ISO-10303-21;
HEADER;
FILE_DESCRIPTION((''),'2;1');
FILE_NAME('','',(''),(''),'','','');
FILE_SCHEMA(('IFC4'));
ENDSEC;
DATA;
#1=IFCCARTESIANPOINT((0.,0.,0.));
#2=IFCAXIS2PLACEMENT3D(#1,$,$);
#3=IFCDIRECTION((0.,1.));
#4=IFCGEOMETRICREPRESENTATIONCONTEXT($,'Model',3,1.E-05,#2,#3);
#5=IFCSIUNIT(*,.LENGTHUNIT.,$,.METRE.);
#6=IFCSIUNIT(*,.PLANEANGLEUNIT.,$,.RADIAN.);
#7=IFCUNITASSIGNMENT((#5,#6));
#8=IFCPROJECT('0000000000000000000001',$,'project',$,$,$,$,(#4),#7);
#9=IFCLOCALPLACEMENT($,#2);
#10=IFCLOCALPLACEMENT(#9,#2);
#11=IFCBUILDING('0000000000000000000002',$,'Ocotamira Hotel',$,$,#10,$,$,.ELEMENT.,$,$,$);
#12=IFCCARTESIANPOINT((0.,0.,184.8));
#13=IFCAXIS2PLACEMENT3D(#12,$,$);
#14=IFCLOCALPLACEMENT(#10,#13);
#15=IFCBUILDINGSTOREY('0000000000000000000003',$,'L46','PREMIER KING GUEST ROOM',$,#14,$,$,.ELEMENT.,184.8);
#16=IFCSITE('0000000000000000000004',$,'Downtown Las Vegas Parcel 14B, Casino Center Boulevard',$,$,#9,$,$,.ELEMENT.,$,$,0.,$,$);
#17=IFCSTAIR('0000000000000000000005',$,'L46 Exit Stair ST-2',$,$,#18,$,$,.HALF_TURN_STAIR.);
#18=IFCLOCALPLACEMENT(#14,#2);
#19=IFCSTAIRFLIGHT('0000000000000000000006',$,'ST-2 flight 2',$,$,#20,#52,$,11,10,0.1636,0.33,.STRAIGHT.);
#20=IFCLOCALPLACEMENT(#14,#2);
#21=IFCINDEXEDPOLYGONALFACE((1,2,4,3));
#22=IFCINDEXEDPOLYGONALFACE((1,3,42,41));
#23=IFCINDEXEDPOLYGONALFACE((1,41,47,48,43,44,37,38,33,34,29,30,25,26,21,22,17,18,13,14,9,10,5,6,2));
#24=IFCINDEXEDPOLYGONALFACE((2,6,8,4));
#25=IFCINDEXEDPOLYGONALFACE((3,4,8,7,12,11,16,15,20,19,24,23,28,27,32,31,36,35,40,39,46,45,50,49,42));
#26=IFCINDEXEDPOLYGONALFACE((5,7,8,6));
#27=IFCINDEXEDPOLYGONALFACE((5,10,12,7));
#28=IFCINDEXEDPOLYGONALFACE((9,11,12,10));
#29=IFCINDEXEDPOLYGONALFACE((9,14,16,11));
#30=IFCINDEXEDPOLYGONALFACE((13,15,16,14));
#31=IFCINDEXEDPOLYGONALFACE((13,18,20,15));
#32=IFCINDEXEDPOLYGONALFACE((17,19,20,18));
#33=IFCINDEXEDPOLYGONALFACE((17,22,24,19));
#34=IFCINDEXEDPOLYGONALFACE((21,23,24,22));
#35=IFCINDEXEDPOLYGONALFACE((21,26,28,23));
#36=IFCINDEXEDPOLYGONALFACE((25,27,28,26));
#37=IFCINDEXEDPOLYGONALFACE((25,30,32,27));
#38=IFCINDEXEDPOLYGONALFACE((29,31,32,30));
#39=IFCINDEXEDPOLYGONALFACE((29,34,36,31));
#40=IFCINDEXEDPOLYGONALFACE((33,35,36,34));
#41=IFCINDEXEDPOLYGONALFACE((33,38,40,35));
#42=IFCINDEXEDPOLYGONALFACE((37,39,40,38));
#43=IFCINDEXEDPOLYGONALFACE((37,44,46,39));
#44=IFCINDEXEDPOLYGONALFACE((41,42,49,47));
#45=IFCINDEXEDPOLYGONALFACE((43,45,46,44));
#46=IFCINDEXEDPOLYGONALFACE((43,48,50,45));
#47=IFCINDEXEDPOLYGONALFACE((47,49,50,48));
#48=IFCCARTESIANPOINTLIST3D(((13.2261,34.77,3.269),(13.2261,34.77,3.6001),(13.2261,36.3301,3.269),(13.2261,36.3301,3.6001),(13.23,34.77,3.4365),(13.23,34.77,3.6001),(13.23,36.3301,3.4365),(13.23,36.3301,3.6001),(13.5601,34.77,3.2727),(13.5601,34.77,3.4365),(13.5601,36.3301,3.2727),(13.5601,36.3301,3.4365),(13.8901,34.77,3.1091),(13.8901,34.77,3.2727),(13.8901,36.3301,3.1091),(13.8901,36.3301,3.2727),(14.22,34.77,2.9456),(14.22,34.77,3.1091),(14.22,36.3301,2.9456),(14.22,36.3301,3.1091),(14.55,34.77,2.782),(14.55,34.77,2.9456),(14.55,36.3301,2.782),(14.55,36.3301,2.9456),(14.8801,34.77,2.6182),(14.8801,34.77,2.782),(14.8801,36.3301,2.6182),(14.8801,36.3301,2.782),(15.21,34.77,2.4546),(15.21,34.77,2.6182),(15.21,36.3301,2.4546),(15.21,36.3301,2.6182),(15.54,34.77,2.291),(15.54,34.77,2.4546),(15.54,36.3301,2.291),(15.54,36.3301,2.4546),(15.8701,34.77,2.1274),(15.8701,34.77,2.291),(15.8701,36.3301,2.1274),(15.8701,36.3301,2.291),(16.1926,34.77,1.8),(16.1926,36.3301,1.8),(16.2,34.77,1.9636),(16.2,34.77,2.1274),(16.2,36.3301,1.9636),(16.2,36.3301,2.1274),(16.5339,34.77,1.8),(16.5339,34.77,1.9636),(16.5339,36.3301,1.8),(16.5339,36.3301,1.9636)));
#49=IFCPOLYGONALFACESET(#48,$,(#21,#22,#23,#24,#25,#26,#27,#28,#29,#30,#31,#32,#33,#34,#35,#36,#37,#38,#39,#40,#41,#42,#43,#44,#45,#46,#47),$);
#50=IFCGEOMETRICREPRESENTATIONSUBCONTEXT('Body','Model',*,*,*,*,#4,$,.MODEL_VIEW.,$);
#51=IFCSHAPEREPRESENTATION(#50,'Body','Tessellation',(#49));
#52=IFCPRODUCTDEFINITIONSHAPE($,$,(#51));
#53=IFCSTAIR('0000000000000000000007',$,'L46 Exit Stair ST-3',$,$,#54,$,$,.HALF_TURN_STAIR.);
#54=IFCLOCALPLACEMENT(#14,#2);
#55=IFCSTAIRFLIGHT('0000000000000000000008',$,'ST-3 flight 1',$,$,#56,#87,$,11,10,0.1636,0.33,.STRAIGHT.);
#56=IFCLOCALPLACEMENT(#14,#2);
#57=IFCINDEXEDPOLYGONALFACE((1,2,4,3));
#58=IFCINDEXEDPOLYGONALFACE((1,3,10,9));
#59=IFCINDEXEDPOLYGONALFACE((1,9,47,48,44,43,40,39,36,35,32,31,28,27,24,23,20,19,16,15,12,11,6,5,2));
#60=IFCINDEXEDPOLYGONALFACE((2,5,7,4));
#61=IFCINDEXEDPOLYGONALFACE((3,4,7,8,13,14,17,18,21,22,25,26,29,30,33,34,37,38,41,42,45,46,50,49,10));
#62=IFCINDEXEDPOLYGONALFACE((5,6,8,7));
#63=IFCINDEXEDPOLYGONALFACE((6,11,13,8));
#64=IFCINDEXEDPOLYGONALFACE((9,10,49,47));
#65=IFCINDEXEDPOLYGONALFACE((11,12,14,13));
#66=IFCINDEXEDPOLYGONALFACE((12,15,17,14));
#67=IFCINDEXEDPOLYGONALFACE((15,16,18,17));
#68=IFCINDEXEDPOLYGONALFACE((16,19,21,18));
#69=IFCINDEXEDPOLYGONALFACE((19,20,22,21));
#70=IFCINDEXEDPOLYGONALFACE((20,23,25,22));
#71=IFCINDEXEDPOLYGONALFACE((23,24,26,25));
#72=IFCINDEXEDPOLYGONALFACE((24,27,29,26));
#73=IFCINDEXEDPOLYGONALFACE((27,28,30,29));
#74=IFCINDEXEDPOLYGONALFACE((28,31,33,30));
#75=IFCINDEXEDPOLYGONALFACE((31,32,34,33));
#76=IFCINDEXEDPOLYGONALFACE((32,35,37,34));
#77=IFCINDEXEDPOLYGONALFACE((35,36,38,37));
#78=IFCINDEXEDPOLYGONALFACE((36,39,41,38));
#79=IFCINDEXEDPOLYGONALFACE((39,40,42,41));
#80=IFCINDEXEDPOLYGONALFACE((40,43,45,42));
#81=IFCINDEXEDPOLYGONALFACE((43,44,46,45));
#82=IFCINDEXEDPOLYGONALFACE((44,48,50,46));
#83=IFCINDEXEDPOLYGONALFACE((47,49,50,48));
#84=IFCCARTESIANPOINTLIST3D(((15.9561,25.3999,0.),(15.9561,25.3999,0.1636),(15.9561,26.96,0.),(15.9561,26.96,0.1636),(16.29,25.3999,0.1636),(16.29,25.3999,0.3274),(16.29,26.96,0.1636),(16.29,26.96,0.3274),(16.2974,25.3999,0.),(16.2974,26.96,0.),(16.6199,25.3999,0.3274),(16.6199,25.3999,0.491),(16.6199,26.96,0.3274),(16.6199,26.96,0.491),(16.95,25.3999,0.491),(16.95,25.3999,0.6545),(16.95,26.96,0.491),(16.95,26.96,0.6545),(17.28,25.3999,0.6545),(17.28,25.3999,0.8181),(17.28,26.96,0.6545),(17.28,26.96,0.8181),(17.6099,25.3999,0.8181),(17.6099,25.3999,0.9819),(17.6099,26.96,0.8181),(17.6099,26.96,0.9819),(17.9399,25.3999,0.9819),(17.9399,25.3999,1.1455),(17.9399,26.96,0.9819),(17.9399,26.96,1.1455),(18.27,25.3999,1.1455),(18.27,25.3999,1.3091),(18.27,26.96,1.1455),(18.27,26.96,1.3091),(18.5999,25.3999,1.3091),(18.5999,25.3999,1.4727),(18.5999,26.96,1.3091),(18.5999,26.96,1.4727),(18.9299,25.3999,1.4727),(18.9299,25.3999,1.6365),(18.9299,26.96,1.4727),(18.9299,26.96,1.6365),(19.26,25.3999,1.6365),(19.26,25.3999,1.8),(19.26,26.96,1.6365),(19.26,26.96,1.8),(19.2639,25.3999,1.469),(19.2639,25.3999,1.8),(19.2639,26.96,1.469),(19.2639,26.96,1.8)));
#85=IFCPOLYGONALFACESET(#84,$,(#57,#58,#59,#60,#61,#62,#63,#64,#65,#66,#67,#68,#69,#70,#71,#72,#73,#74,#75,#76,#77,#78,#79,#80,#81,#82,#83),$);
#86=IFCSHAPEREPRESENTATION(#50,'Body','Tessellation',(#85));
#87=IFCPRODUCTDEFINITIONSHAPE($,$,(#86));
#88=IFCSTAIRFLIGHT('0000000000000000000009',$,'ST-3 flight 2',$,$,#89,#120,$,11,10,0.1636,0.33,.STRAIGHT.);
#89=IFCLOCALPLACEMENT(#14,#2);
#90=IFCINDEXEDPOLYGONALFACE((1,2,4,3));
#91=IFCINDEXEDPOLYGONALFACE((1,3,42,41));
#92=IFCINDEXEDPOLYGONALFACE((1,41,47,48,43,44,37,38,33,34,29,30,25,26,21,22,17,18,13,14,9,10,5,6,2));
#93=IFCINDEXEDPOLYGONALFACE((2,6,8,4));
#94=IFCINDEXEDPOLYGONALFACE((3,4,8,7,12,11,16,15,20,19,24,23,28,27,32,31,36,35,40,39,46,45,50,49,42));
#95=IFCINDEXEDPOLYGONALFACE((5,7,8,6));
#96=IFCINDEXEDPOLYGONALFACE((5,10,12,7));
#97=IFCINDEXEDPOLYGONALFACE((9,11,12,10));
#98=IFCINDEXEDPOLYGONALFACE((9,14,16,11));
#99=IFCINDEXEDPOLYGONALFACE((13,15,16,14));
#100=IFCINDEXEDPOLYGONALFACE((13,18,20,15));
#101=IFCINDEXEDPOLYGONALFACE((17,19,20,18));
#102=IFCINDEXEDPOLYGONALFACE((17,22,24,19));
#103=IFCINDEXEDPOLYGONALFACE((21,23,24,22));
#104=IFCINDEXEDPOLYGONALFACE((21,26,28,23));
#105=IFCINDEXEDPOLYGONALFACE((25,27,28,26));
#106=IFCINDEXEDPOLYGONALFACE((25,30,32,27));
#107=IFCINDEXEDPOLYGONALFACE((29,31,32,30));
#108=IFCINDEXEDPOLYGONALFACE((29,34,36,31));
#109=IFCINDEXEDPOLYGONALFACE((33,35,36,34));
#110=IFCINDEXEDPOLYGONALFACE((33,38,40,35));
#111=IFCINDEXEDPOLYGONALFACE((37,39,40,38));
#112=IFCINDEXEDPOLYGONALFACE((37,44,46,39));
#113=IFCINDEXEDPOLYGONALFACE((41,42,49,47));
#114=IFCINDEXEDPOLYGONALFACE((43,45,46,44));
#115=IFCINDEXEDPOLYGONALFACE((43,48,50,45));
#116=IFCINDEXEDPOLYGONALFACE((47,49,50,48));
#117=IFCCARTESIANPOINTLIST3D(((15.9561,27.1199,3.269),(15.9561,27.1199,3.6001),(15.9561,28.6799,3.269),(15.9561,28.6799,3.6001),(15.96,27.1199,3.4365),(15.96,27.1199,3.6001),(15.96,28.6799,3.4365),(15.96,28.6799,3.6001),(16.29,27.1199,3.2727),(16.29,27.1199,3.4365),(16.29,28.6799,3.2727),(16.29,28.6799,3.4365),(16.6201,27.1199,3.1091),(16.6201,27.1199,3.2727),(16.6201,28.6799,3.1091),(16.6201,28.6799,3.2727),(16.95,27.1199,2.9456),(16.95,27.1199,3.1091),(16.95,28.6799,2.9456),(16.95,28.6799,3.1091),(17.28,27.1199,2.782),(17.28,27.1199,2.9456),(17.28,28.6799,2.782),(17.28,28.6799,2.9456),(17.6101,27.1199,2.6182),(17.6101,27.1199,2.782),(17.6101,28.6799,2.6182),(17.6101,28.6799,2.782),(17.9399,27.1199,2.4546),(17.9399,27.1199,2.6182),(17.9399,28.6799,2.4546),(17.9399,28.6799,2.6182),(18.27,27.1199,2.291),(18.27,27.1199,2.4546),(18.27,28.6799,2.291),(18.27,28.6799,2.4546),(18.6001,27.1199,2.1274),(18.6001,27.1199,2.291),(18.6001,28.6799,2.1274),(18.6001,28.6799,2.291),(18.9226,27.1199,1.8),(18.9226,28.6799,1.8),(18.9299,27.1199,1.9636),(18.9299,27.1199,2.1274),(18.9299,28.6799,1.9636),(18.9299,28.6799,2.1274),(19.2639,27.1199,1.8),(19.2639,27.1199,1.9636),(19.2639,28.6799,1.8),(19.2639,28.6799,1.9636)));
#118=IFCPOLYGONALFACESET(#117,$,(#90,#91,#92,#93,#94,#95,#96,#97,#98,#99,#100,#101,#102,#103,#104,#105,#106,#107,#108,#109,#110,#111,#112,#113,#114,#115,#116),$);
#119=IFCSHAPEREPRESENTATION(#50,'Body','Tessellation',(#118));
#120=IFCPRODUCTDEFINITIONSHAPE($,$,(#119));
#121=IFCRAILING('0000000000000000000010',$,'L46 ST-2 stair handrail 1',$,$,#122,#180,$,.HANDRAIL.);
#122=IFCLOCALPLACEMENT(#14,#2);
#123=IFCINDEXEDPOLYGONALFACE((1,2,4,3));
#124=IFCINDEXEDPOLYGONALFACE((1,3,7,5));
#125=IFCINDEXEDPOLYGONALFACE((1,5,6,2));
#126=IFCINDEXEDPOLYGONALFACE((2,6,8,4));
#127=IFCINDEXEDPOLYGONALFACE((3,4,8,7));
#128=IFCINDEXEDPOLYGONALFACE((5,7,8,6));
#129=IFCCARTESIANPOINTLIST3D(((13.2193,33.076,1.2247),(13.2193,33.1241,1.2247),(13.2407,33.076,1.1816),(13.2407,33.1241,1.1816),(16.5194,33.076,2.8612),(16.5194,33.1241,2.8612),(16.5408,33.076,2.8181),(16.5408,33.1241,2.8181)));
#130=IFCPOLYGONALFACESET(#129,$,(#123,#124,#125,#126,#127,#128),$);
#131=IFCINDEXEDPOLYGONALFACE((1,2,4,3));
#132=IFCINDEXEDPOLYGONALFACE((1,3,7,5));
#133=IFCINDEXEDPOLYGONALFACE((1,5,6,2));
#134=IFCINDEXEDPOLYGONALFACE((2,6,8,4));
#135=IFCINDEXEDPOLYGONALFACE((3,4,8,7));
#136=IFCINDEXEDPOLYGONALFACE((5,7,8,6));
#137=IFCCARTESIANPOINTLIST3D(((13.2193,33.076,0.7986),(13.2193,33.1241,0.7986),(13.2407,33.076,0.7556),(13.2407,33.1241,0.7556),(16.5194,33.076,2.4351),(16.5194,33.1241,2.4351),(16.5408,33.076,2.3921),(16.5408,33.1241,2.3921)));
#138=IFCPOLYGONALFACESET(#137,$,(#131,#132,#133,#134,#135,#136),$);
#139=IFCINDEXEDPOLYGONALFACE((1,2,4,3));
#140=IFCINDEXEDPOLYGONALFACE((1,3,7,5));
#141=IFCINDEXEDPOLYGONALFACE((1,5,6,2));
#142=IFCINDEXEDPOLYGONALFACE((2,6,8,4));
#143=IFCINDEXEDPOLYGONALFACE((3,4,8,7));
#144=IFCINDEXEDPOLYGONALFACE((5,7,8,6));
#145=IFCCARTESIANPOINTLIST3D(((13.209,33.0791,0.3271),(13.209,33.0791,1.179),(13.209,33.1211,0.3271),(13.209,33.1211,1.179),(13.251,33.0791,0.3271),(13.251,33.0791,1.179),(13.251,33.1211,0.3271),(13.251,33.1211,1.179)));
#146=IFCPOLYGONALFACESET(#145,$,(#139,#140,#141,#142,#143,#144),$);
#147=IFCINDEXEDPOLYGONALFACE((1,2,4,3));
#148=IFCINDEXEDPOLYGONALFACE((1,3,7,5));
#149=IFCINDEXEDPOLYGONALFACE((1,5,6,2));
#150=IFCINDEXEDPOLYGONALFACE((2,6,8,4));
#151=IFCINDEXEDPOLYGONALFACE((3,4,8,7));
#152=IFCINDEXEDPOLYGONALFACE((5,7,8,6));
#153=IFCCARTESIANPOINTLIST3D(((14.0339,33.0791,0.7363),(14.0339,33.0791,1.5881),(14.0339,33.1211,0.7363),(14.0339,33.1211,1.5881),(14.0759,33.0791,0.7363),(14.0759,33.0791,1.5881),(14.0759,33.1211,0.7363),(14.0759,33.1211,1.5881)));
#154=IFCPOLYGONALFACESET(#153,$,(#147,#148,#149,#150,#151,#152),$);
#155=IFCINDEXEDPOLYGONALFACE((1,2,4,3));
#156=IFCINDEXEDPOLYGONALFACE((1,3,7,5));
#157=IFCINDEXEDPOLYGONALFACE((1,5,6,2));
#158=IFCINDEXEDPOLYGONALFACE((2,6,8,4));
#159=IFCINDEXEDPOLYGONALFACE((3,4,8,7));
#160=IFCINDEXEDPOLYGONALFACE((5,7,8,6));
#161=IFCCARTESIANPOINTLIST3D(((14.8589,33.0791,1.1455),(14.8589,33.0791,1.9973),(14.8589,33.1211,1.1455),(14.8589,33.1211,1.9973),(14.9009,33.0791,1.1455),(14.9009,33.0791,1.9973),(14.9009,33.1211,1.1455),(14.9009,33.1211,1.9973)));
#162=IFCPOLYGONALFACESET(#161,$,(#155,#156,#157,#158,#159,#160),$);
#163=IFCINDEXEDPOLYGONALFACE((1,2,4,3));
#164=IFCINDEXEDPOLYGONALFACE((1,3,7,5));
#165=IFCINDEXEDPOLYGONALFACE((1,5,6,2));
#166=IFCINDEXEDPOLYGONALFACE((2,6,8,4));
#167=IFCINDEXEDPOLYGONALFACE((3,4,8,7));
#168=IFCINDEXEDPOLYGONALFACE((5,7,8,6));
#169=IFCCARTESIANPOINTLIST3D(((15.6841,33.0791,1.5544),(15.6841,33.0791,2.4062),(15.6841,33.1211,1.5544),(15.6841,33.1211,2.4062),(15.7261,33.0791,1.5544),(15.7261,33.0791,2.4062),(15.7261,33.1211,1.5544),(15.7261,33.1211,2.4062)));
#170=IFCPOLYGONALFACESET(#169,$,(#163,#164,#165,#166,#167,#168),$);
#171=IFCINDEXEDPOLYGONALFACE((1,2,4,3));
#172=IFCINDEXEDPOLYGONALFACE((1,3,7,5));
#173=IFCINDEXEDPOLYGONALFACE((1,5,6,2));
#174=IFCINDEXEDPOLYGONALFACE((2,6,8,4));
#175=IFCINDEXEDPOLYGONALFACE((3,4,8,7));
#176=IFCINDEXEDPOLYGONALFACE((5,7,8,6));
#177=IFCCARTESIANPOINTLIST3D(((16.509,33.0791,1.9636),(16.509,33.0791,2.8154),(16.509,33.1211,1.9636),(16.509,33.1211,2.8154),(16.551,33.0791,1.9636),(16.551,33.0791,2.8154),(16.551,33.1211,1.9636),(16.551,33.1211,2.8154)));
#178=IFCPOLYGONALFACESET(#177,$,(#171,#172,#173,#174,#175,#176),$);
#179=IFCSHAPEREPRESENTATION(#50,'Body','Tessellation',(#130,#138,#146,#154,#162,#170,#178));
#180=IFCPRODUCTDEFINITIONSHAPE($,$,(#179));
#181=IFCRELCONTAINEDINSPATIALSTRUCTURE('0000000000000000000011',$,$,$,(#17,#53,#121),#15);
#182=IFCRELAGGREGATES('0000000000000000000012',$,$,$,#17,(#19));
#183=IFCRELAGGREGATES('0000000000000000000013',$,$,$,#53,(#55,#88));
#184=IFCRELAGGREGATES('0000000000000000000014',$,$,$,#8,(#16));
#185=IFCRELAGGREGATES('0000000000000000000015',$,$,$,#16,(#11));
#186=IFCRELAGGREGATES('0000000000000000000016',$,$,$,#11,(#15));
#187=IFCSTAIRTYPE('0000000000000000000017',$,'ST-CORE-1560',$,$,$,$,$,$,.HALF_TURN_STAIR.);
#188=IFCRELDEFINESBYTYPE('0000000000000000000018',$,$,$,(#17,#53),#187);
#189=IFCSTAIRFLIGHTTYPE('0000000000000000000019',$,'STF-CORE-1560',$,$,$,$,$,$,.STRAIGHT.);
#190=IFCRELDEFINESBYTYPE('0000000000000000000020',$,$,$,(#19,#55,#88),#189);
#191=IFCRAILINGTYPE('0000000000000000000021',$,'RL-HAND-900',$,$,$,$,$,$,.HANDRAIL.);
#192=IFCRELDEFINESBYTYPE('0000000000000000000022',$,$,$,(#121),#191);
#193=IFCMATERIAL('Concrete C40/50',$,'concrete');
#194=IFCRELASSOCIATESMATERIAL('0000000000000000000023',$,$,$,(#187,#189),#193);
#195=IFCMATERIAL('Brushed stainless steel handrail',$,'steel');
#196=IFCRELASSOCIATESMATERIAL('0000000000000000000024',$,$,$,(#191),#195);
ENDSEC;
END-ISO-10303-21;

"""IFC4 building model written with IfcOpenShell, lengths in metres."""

from ifc_helpers import new_model, si_unit, direction, frame, origin, origin_2d, place, context, subcontext, project, spatial, polyline, rectangle, outline, extrude, source, transform, mapped, material, type_object, element, aggregate, save


model = new_model("IFC4")

# Units and contexts
model_context = context("Model", 3, precision=1e-05, world=origin(), true_north=direction((0.0, 1.0)))
body_context = subcontext(model_context, "Body", "Model", "MODEL_VIEW")
ifc_project = project(units=[si_unit("LENGTHUNIT", "METRE"), si_unit("PLANEANGLEUNIT", "RADIAN")], contexts=[model_context])

# Site, building, storey
site_placement = place(None, origin())
site = spatial("IfcSite", under=ifc_project, at=site_placement, Name="Downtown Las Vegas Parcel 14B, Casino Center Boulevard", CompositionType="ELEMENT", RefElevation=0.0)
building_placement = place(site_placement, origin())
building = spatial("IfcBuilding", under=site, at=building_placement, Name="Ocotamira Hotel", CompositionType="ELEMENT")
storey_placement = place(building_placement, frame((0.0, 0.0, 184.8)))
storey = spatial("IfcBuildingStorey", under=building, at=storey_placement, Name="L46", Description="PREMIER KING GUEST ROOM", CompositionType="ELEMENT", Elevation=184.8)

# Stairs, stair flights
ifc_material_1 = material(Name="Concrete C40/50", Category="concrete")
stair_type = type_object("IfcStairType", Name="ST-CORE-1560", PredefinedType="HALF_TURN_STAIR", material=ifc_material_1)
stair_1_placement = place(storey_placement, origin())
stair_1 = element("IfcStair", 1, at=stair_1_placement, inside=storey, type_object=stair_type, Name="L46 Exit Stair ST-2", PredefinedType="HALF_TURN_STAIR")
stair_flight_type = type_object("IfcStairFlightType", Name="STF-CORE-1560", PredefinedType="STRAIGHT", material=ifc_material_1)
shared_shape_1 = source(origin(), body_context, "Body", "SweptSolid", [
    extrude(outline(polyline([(-0.0039, 0.0), (-0.0039, 0.1636), (0.3301, 0.1636), (0.3301, 0.3274), (0.6599, 0.3274), (0.6599, 0.491), (0.99, 0.491), (0.99, 0.6545), (1.3201, 0.6545), (1.3201, 0.8181), (1.6499, 0.8181), (1.6499, 0.9819), (1.98, 0.9819), (1.98, 1.1455), (2.3101, 1.1455), (2.3101, 1.3091), (2.6399, 1.3091), (2.6399, 1.4727), (2.97, 1.4727), (2.97, 1.6365), (3.3, 1.6365), (3.3, 1.8), (3.304, 1.8), (3.304, 1.469), (0.3374, 0.0), (-0.0039, 0.0)])), frame((0.0, 0.78, 0.0), z_axis=(0.0, -1.0, 0.0), x_axis=(1.0, 0.0, 0.0)), (0.0, 0.0, 1.0), 1.5601),
])
stair_flight_1_placement = place(storey_placement, frame((16.53, 35.55, 1.8), z_axis=(0.0, 0.0, 1.0), x_axis=(-1.0, 0.0, 0.0)))
stair_flight_1 = element("IfcStairFlight", 2, at=stair_flight_1_placement, type_object=stair_flight_type, Name="ST-2 flight 2", NumberOfRisers=11, NumberOfTreads=10, PredefinedType="STRAIGHT", RiserHeight=0.1636, TreadLength=0.33, context=body_context, shape_type="MappedRepresentation", body=[
    mapped(shared_shape_1, transform((0.0, 0.0, 0.0), scale=1.0)),
])
aggregate(stair_1, [stair_flight_1])
stair_2_placement = place(storey_placement, origin())
stair_2 = element("IfcStair", 3, at=stair_2_placement, inside=storey, type_object=stair_type, Name="L46 Exit Stair ST-3", PredefinedType="HALF_TURN_STAIR")
stair_flight_2_placement = place(storey_placement, frame((15.96, 26.1799, 0.0), z_axis=(0.0, 0.0, 1.0), x_axis=(1.0, 0.0, 0.0)))
stair_flight_2 = element("IfcStairFlight", 4, at=stair_flight_2_placement, type_object=stair_flight_type, Name="ST-3 flight 1", NumberOfRisers=11, NumberOfTreads=10, PredefinedType="STRAIGHT", RiserHeight=0.1636, TreadLength=0.33, context=body_context, shape_type="MappedRepresentation", body=[
    mapped(shared_shape_1, transform((0.0, 0.0, 0.0), scale=1.0)),
])
stair_flight_3_placement = place(storey_placement, frame((19.26, 27.8999, 1.8), z_axis=(0.0, 0.0, 1.0), x_axis=(-1.0, 0.0, 0.0)))
stair_flight_3 = element("IfcStairFlight", 5, at=stair_flight_3_placement, type_object=stair_flight_type, Name="ST-3 flight 2", NumberOfRisers=11, NumberOfTreads=10, PredefinedType="STRAIGHT", RiserHeight=0.1636, TreadLength=0.33, context=body_context, shape_type="MappedRepresentation", body=[
    mapped(shared_shape_1, transform((0.0, 0.0, 0.0), scale=1.0)),
])
aggregate(stair_2, [stair_flight_2, stair_flight_3])

# Railing
ifc_material_2 = material(Name="Brushed stainless steel handrail", Category="steel")
railing_type_1 = type_object("IfcRailingType", Name="RL-HAND-900", PredefinedType="HANDRAIL", material=ifc_material_2)
railing_1_placement = place(storey_placement, frame((13.23, 33.1001, 0.3271)))
element("IfcRailing", 6, at=railing_1_placement, inside=storey, type_object=railing_type_1, Name="L46 ST-2 stair handrail 1", PredefinedType="HANDRAIL", context=body_context, shape_type="SweptSolid", body=[
    extrude(rectangle(XDim=0.0481, YDim=0.0481, at=origin_2d()), frame((0.0, 0.0, 0.876), z_axis=(0.895894, 0.0, 0.444268), x_axis=(0.0, 1.0, 0.0)), (0.0, 0.0, 1.0), 3.6836),
    extrude(rectangle(XDim=0.0481, YDim=0.0481, at=origin_2d()), frame((0.0, 0.0, 0.45), z_axis=(0.895894, 0.0, 0.444268), x_axis=(0.0, 1.0, 0.0)), (0.0, 0.0, 1.0), 3.6836),
    extrude(rectangle(XDim=0.042, YDim=0.042, at=origin_2d()), origin(), (0.0, 0.0, 1.0), 0.8518),
    extrude(rectangle(XDim=0.042, YDim=0.042, at=origin_2d()), frame((0.825, 0.0, 0.4092)), (0.0, 0.0, 1.0), 0.8518),
    extrude(rectangle(XDim=0.042, YDim=0.042, at=origin_2d()), frame((1.6499, 0.0, 0.8184)), (0.0, 0.0, 1.0), 0.8518),
    extrude(rectangle(XDim=0.042, YDim=0.042, at=origin_2d()), frame((2.4751, 0.0, 1.2273)), (0.0, 0.0, 1.0), 0.8518),
    extrude(rectangle(XDim=0.042, YDim=0.042, at=origin_2d()), frame((3.3, 0.0, 1.6365)), (0.0, 0.0, 1.0), 0.8518),
])

save(model, "model.ifc")
